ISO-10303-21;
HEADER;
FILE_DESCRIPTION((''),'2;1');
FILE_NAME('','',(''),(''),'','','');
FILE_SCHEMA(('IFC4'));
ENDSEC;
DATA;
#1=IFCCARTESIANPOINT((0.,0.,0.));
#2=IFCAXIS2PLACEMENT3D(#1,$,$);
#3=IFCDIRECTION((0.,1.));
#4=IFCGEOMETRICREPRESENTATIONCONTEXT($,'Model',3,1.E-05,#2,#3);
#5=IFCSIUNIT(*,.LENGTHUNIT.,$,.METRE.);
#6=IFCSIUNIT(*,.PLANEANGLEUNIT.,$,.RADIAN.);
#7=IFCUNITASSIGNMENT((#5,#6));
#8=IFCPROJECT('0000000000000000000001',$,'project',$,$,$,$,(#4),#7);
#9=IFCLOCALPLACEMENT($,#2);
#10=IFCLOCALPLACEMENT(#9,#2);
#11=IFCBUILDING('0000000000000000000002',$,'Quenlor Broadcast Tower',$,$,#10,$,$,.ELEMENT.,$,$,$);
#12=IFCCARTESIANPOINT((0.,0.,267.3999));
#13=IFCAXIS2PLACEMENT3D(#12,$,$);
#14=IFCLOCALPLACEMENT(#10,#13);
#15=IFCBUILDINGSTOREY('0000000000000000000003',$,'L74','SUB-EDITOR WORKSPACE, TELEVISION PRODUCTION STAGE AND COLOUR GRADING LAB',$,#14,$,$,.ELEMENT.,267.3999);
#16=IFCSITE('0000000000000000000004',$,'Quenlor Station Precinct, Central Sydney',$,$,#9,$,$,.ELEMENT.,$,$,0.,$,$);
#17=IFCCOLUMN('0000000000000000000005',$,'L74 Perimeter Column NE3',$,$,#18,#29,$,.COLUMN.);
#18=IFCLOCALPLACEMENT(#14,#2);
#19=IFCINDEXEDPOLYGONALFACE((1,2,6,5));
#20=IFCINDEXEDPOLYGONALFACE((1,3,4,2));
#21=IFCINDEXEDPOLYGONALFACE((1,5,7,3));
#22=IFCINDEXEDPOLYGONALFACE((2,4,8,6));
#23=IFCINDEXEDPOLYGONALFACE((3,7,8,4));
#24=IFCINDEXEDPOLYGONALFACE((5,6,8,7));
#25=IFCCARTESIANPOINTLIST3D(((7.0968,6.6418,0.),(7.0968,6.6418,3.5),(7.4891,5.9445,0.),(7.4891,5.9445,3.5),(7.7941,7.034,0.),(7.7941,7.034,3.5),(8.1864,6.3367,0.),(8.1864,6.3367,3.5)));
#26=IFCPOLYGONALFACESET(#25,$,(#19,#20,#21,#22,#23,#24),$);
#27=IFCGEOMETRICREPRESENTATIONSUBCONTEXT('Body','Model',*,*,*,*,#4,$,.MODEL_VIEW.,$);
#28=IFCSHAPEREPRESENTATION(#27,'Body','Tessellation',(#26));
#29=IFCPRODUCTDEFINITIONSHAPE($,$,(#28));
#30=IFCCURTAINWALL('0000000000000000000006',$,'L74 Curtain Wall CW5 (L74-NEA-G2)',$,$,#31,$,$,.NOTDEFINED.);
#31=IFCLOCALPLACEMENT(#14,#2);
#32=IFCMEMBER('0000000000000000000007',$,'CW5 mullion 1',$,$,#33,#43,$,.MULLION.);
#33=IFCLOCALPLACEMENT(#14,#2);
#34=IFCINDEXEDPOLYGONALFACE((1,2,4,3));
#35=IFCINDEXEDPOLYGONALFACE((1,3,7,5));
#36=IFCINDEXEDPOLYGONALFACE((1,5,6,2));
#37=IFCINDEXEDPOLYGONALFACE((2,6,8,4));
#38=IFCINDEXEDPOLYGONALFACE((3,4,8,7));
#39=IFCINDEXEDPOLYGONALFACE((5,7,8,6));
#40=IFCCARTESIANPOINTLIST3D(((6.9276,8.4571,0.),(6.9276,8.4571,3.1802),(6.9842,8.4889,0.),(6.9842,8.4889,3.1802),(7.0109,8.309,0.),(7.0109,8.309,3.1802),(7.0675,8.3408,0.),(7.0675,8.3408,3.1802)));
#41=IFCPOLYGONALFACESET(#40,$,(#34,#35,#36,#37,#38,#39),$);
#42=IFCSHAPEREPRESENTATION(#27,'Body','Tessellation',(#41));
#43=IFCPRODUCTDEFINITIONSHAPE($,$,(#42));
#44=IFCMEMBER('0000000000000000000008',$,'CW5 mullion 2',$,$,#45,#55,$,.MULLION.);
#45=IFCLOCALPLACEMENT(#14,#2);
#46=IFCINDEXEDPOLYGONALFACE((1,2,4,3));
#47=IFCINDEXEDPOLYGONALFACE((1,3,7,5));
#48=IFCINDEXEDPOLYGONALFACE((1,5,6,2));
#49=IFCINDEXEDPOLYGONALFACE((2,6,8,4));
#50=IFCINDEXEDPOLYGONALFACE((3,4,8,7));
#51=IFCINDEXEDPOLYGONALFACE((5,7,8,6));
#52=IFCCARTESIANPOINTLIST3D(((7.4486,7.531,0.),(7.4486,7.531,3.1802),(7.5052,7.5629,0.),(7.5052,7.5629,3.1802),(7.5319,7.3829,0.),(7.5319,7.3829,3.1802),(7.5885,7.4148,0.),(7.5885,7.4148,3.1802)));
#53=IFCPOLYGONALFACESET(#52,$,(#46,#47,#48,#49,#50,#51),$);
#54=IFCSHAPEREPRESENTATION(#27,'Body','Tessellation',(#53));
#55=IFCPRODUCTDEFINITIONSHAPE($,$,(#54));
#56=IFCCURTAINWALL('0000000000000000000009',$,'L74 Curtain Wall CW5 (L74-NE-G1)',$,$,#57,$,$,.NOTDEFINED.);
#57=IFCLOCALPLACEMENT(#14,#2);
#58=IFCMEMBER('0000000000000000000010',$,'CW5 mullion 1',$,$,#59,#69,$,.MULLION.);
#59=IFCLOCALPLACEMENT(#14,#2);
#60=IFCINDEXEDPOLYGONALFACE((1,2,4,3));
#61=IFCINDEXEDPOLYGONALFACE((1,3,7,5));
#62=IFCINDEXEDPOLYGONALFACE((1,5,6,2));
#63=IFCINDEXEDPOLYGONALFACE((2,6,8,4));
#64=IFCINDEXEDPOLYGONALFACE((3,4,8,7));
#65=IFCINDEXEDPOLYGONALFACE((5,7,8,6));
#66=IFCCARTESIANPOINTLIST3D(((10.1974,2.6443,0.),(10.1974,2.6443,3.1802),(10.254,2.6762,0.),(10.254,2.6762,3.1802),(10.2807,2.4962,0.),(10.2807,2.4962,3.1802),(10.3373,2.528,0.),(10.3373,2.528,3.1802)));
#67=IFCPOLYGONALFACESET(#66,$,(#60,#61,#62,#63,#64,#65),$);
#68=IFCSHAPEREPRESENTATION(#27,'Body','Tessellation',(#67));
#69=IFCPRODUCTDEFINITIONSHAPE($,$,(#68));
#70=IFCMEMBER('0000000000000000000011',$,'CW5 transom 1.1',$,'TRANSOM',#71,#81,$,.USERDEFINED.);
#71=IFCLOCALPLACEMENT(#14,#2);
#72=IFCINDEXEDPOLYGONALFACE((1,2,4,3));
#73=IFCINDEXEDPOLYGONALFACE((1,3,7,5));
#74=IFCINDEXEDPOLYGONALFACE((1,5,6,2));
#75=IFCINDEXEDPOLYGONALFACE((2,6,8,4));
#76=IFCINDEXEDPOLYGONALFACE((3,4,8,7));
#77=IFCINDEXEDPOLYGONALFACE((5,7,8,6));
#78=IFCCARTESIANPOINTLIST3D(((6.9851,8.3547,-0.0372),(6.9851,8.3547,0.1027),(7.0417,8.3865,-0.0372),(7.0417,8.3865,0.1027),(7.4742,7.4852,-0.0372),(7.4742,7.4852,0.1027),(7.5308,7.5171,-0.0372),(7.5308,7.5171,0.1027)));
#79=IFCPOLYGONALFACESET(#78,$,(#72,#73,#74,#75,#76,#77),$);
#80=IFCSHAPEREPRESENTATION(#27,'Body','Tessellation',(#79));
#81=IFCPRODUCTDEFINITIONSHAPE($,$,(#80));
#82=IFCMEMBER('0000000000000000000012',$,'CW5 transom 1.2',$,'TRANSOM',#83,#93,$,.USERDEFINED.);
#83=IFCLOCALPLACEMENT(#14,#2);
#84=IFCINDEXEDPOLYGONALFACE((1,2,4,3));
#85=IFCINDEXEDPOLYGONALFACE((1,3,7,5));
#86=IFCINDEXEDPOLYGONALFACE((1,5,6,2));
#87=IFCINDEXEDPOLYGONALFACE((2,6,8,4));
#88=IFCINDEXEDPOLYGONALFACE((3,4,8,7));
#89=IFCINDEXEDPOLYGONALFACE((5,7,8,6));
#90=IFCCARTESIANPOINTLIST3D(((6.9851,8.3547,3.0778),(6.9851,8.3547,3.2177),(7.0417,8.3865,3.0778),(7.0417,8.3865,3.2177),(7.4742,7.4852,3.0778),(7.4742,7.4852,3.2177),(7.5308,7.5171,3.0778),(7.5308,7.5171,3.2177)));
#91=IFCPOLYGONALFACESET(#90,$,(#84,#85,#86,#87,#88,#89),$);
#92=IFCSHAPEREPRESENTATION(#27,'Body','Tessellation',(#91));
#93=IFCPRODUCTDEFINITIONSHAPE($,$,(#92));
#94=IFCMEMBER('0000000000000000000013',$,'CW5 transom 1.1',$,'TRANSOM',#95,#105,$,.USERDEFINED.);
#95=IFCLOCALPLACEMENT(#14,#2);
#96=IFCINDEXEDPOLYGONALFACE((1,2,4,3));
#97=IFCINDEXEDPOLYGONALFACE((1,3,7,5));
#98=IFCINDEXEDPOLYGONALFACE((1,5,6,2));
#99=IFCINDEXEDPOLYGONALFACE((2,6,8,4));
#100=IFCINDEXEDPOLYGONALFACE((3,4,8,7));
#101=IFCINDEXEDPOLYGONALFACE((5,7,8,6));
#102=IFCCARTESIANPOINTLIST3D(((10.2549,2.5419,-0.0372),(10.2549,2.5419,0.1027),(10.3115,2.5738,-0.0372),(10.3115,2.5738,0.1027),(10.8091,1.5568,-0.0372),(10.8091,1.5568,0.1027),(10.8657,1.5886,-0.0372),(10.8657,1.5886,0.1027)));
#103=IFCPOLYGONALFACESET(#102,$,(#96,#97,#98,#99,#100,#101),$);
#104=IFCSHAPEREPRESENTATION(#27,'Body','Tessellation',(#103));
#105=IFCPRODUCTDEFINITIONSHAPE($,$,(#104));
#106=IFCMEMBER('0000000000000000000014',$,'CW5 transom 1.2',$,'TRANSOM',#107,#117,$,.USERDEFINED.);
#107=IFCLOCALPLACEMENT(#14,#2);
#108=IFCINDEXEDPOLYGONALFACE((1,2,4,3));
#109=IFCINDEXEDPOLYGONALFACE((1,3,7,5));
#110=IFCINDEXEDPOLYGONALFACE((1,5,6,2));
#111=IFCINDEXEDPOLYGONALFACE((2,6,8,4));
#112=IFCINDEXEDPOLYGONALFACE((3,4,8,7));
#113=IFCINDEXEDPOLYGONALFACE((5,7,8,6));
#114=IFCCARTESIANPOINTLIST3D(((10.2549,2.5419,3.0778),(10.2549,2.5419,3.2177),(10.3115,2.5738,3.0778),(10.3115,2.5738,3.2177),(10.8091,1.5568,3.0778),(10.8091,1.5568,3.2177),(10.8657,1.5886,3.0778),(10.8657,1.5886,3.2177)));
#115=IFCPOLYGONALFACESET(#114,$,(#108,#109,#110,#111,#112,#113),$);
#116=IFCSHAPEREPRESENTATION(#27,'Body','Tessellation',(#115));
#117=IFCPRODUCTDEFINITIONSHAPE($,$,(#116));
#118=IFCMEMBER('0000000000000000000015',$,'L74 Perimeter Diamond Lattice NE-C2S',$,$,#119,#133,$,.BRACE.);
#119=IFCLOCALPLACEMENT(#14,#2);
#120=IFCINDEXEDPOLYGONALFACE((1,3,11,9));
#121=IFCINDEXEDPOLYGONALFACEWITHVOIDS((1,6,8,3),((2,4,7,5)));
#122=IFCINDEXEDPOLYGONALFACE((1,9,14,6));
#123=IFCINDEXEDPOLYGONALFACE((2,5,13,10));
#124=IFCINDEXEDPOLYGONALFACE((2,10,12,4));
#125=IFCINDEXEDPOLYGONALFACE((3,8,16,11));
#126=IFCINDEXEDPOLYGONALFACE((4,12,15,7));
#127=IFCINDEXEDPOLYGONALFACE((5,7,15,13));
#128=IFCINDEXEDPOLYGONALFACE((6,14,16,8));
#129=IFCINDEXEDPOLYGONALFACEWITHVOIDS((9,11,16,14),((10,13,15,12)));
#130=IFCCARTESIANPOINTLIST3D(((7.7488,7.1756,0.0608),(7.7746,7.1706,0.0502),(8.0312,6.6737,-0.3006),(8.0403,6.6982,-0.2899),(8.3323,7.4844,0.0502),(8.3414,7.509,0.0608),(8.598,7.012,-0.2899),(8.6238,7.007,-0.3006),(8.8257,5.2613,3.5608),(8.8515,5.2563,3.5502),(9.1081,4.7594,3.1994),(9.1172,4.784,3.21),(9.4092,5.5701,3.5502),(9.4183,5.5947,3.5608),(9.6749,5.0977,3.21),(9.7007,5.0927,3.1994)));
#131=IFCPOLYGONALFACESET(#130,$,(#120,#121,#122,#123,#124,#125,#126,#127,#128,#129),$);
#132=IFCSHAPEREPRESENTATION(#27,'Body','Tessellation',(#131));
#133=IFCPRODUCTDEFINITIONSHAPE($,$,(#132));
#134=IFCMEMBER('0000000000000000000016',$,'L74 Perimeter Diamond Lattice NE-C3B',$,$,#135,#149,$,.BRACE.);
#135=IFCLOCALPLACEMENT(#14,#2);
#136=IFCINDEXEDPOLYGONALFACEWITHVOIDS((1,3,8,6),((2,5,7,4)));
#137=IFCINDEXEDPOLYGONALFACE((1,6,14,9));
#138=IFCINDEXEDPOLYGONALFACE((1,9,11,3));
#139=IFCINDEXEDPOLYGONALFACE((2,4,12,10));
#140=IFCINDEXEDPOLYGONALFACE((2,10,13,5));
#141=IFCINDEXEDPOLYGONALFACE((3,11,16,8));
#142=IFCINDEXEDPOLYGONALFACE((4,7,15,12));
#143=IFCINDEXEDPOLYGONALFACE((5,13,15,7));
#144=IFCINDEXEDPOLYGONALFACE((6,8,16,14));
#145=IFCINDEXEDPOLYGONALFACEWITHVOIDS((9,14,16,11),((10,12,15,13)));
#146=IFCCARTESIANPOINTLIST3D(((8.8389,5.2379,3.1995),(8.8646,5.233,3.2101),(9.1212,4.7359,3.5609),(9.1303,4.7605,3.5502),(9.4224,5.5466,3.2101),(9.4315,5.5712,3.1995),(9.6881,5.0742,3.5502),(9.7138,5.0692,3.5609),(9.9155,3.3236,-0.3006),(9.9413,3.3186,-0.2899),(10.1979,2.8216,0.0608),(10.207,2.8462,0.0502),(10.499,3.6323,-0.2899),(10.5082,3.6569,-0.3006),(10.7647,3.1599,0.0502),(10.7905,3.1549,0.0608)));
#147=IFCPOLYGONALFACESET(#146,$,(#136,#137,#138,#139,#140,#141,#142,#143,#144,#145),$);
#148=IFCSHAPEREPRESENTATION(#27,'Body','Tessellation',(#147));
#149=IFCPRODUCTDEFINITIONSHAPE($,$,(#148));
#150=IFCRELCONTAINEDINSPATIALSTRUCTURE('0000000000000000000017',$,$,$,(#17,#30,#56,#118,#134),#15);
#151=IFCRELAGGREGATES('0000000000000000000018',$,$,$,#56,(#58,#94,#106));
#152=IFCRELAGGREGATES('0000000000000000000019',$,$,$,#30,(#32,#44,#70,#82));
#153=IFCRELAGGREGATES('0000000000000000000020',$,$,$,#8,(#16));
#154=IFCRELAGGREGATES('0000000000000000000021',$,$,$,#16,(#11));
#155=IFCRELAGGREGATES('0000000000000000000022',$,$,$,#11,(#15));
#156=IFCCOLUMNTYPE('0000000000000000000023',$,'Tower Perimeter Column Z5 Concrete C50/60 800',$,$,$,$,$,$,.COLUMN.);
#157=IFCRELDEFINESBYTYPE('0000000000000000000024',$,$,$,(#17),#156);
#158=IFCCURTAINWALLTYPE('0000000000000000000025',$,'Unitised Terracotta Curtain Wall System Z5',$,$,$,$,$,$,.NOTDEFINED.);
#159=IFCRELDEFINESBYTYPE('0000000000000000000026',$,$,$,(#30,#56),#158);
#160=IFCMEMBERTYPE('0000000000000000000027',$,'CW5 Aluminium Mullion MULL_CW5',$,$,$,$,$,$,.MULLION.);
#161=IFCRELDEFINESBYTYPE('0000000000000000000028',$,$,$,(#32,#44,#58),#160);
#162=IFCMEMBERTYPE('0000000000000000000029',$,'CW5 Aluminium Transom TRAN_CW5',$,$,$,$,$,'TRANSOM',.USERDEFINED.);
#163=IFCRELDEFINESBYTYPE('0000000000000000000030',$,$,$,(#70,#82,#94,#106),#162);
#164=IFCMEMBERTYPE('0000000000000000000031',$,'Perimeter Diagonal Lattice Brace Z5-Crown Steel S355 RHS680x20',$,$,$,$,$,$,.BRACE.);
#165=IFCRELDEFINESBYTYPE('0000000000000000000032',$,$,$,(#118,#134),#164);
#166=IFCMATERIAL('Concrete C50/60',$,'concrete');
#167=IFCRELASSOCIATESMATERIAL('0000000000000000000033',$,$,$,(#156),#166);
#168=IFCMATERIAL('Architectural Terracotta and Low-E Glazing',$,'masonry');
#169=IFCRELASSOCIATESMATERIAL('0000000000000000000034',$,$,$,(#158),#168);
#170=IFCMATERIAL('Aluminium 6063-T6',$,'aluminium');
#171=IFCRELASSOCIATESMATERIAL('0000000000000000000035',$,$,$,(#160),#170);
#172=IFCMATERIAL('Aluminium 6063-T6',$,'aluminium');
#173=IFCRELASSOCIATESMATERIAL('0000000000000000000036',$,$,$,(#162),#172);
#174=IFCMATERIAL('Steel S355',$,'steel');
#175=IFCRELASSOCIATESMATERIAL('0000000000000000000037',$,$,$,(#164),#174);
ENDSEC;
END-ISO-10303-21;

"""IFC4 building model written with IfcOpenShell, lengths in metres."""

from ifc_helpers import new_model, si_unit, direction, frame, origin, origin_2d, place, context, subcontext, project, spatial, rectangle, hollow_rectangle, extrude, material, material_profile, profile_set, type_object, element, aggregate, save


model = new_model("IFC4")

# Units and contexts
model_context = context("Model", 3, precision=1e-05, world=origin(), true_north=direction((0.0, 1.0)))
body_context = subcontext(model_context, "Body", "Model", "MODEL_VIEW")
ifc_project = project(units=[si_unit("LENGTHUNIT", "METRE"), si_unit("PLANEANGLEUNIT", "RADIAN")], contexts=[model_context])

# Site, building, storey
site_placement = place(None, origin())
site = spatial("IfcSite", under=ifc_project, at=site_placement, Name="Quenlor Station Precinct, Central Sydney", CompositionType="ELEMENT", RefElevation=0.0)
building_placement = place(site_placement, origin())
building = spatial("IfcBuilding", under=site, at=building_placement, Name="Quenlor Broadcast Tower", CompositionType="ELEMENT")
storey_placement = place(building_placement, frame((0.0, 0.0, 267.3999)))
storey = spatial("IfcBuildingStorey", under=building, at=storey_placement, Name="L74", Description="SUB-EDITOR WORKSPACE, TELEVISION PRODUCTION STAGE AND COLOUR GRADING LAB", CompositionType="ELEMENT", Elevation=267.3999)

# Column
ifc_material_1 = material(Name="Concrete C50/60", Category="concrete")
ifc_material_profile_1 = material_profile(ifc_material_1, rectangle(XDim=0.8, YDim=0.8, at=origin_2d()))
ifc_profile_set_1 = profile_set([ifc_material_profile_1], Name="Concrete C50/60 RC800x800")
column_type = type_object("IfcColumnType", Name="Tower Perimeter Column Z5 Concrete C50/60 800", PredefinedType="COLUMN", material=ifc_profile_set_1)
column_placement = place(storey_placement, frame((7.6416, 6.4893, 0.0), z_axis=(0.0, 0.0, 1.0), x_axis=(0.871575, 0.490262, 0.0)))
element("IfcColumn", 1, at=column_placement, inside=storey, type_object=column_type, Name="L74 Perimeter Column NE3", PredefinedType="COLUMN", context=body_context, shape_type="SweptSolid", body=[
    extrude(rectangle(XDim=0.8, YDim=0.8, at=origin_2d()), origin(), (0.0, 0.0, 1.0), 3.5),
])

# Curtain wall, members
ifc_material_2 = material(Name="Architectural Terracotta and Low-E Glazing", Category="masonry")
curtain_wall_type = type_object("IfcCurtainWallType", Name="Unitised Terracotta Curtain Wall System Z5", PredefinedType="NOTDEFINED", material=ifc_material_2)
curtain_wall_1_placement = place(storey_placement, origin())
curtain_wall_1 = element("IfcCurtainWall", 2, at=curtain_wall_1_placement, inside=storey, type_object=curtain_wall_type, Name="L74 Curtain Wall CW5 (L74-NEA-G2)", PredefinedType="NOTDEFINED")
ifc_material_3 = material(Name="Aluminium 6063-T6", Category="aluminium")
ifc_material_profile_2 = material_profile(ifc_material_3, rectangle(XDim=0.0649, YDim=0.1699, at=origin_2d()))
ifc_profile_set_2 = profile_set([ifc_material_profile_2], Name="Aluminium 6063-T6 MULL65x170")
member_type_1 = type_object("IfcMemberType", Name="CW5 Aluminium Mullion MULL_CW5", PredefinedType="MULLION", material=ifc_profile_set_2)
member_1_placement = place(storey_placement, frame((6.9976, 8.3989, 0.0), z_axis=(0.0, 0.0, 1.0), x_axis=(0.871564, 0.490282, 0.0)))
member_1 = element("IfcMember", 3, at=member_1_placement, type_object=member_type_1, Name="CW5 mullion 1", PredefinedType="MULLION", context=body_context, shape_type="SweptSolid", body=[
    extrude(rectangle(XDim=0.0649, YDim=0.1699, at=origin_2d()), origin(), (0.0, 0.0, 1.0), 3.1802),
])
member_2_placement = place(storey_placement, frame((7.5186, 7.4729, 0.0), z_axis=(0.0, 0.0, 1.0), x_axis=(0.871564, 0.490282, 0.0)))
member_2 = element("IfcMember", 4, at=member_2_placement, type_object=member_type_1, Name="CW5 mullion 2", PredefinedType="MULLION", context=body_context, shape_type="SweptSolid", body=[
    extrude(rectangle(XDim=0.0649, YDim=0.1699, at=origin_2d()), origin(), (0.0, 0.0, 1.0), 3.1802),
])

# Curtain wall, member
curtain_wall_2_placement = place(storey_placement, origin())
curtain_wall_2 = element("IfcCurtainWall", 5, at=curtain_wall_2_placement, inside=storey, type_object=curtain_wall_type, Name="L74 Curtain Wall CW5 (L74-NE-G1)", PredefinedType="NOTDEFINED")
member_3_placement = place(storey_placement, frame((10.2673, 2.5862, 0.0), z_axis=(0.0, 0.0, 1.0), x_axis=(0.871592, 0.490231, 0.0)))
member_3 = element("IfcMember", 6, at=member_3_placement, type_object=member_type_1, Name="CW5 mullion 1", PredefinedType="MULLION", context=body_context, shape_type="SweptSolid", body=[
    extrude(rectangle(XDim=0.0649, YDim=0.1699, at=origin_2d()), origin(), (0.0, 0.0, 1.0), 3.1802),
])

# Members
ifc_material_4 = material(Name="Aluminium 6063-T6", Category="aluminium")
ifc_material_profile_3 = material_profile(ifc_material_4, rectangle(XDim=0.0649, YDim=0.1399, at=origin_2d()))
ifc_profile_set_3 = profile_set([ifc_material_profile_3], Name="Aluminium 6063-T6 TRAN65x140")
member_type_2 = type_object("IfcMemberType", Name="CW5 Aluminium Transom TRAN_CW5", ElementType="TRANSOM", PredefinedType="USERDEFINED", material=ifc_profile_set_3)
member_4_placement = place(storey_placement, frame((7.0134, 8.3706, 0.0327), z_axis=(0.49025, -0.871582, 0.0), x_axis=(0.871582, 0.49025, 0.0)))
member_4 = element("IfcMember", 7, at=member_4_placement, type_object=member_type_2, Name="CW5 transom 1.1", ObjectType="TRANSOM", PredefinedType="USERDEFINED", context=body_context, shape_type="SweptSolid", body=[
    extrude(rectangle(XDim=0.0649, YDim=0.1399, at=origin_2d()), origin(), (0.0, 0.0, 1.0), 0.9976),
])
member_5_placement = place(storey_placement, frame((7.0134, 8.3706, 3.1477), z_axis=(0.49025, -0.871582, 0.0), x_axis=(0.871582, 0.49025, 0.0)))
member_5 = element("IfcMember", 8, at=member_5_placement, type_object=member_type_2, Name="CW5 transom 1.2", ObjectType="TRANSOM", PredefinedType="USERDEFINED", context=body_context, shape_type="SweptSolid", body=[
    extrude(rectangle(XDim=0.0649, YDim=0.1399, at=origin_2d()), origin(), (0.0, 0.0, 1.0), 0.9976),
])
member_6_placement = place(storey_placement, frame((10.2832, 2.5579, 0.0327), z_axis=(0.490313, -0.871547, 0.0), x_axis=(0.871547, 0.490313, 0.0)))
member_6 = element("IfcMember", 9, at=member_6_placement, type_object=member_type_2, Name="CW5 transom 1.1", ObjectType="TRANSOM", PredefinedType="USERDEFINED", context=body_context, shape_type="SweptSolid", body=[
    extrude(rectangle(XDim=0.0649, YDim=0.1399, at=origin_2d()), origin(), (0.0, 0.0, 1.0), 1.1304),
])
member_7_placement = place(storey_placement, frame((10.2832, 2.5579, 3.1477), z_axis=(0.490313, -0.871547, 0.0), x_axis=(0.871547, 0.490313, 0.0)))
member_7 = element("IfcMember", 10, at=member_7_placement, type_object=member_type_2, Name="CW5 transom 1.2", ObjectType="TRANSOM", PredefinedType="USERDEFINED", context=body_context, shape_type="SweptSolid", body=[
    extrude(rectangle(XDim=0.0649, YDim=0.1399, at=origin_2d()), origin(), (0.0, 0.0, 1.0), 1.1304),
])
aggregate(curtain_wall_2, [member_3, member_6, member_7])

# Members
ifc_material_5 = material(Name="Steel S355", Category="steel")
ifc_material_profile_4 = material_profile(ifc_material_5, hollow_rectangle(XDim=0.6799, YDim=0.6799, WallThickness=0.02, at=origin_2d()))
ifc_profile_set_4 = profile_set([ifc_material_profile_4], Name="Steel S355 RHS680x680x20")
member_type_3 = type_object("IfcMemberType", Name="Perimeter Diagonal Lattice Brace Z5-Crown Steel S355 RHS680x20", PredefinedType="BRACE", material=ifc_profile_set_4)
for number, where, z_axis, x_axis, name in (
    (11, (8.1863, 7.0913, -0.1199), (0.260619, -0.463276, 0.847026), (0.871555, 0.490298, 0.0), "L74 Perimeter Diamond Lattice NE-C2S"),
    (12, (10.353, 3.2393, -0.1199), (-0.260564, 0.463283, 0.847039), (-0.871602, -0.490214, 0.0), "L74 Perimeter Diamond Lattice NE-C3B"),
):
    element("IfcMember", number, at=place(storey_placement, frame(where, z_axis=z_axis, x_axis=x_axis)), inside=storey, type_object=member_type_3, Name=name, PredefinedType="BRACE", context=body_context, shape_type="SweptSolid", body=[
        extrude(hollow_rectangle(XDim=0.6799, YDim=0.6799, WallThickness=0.02, at=origin_2d()), origin(), (0.0, 0.0, 1.0), 4.1321),
    ])

aggregate(curtain_wall_1, [member_1, member_2, member_4, member_5])

save(model, "model.ifc")
